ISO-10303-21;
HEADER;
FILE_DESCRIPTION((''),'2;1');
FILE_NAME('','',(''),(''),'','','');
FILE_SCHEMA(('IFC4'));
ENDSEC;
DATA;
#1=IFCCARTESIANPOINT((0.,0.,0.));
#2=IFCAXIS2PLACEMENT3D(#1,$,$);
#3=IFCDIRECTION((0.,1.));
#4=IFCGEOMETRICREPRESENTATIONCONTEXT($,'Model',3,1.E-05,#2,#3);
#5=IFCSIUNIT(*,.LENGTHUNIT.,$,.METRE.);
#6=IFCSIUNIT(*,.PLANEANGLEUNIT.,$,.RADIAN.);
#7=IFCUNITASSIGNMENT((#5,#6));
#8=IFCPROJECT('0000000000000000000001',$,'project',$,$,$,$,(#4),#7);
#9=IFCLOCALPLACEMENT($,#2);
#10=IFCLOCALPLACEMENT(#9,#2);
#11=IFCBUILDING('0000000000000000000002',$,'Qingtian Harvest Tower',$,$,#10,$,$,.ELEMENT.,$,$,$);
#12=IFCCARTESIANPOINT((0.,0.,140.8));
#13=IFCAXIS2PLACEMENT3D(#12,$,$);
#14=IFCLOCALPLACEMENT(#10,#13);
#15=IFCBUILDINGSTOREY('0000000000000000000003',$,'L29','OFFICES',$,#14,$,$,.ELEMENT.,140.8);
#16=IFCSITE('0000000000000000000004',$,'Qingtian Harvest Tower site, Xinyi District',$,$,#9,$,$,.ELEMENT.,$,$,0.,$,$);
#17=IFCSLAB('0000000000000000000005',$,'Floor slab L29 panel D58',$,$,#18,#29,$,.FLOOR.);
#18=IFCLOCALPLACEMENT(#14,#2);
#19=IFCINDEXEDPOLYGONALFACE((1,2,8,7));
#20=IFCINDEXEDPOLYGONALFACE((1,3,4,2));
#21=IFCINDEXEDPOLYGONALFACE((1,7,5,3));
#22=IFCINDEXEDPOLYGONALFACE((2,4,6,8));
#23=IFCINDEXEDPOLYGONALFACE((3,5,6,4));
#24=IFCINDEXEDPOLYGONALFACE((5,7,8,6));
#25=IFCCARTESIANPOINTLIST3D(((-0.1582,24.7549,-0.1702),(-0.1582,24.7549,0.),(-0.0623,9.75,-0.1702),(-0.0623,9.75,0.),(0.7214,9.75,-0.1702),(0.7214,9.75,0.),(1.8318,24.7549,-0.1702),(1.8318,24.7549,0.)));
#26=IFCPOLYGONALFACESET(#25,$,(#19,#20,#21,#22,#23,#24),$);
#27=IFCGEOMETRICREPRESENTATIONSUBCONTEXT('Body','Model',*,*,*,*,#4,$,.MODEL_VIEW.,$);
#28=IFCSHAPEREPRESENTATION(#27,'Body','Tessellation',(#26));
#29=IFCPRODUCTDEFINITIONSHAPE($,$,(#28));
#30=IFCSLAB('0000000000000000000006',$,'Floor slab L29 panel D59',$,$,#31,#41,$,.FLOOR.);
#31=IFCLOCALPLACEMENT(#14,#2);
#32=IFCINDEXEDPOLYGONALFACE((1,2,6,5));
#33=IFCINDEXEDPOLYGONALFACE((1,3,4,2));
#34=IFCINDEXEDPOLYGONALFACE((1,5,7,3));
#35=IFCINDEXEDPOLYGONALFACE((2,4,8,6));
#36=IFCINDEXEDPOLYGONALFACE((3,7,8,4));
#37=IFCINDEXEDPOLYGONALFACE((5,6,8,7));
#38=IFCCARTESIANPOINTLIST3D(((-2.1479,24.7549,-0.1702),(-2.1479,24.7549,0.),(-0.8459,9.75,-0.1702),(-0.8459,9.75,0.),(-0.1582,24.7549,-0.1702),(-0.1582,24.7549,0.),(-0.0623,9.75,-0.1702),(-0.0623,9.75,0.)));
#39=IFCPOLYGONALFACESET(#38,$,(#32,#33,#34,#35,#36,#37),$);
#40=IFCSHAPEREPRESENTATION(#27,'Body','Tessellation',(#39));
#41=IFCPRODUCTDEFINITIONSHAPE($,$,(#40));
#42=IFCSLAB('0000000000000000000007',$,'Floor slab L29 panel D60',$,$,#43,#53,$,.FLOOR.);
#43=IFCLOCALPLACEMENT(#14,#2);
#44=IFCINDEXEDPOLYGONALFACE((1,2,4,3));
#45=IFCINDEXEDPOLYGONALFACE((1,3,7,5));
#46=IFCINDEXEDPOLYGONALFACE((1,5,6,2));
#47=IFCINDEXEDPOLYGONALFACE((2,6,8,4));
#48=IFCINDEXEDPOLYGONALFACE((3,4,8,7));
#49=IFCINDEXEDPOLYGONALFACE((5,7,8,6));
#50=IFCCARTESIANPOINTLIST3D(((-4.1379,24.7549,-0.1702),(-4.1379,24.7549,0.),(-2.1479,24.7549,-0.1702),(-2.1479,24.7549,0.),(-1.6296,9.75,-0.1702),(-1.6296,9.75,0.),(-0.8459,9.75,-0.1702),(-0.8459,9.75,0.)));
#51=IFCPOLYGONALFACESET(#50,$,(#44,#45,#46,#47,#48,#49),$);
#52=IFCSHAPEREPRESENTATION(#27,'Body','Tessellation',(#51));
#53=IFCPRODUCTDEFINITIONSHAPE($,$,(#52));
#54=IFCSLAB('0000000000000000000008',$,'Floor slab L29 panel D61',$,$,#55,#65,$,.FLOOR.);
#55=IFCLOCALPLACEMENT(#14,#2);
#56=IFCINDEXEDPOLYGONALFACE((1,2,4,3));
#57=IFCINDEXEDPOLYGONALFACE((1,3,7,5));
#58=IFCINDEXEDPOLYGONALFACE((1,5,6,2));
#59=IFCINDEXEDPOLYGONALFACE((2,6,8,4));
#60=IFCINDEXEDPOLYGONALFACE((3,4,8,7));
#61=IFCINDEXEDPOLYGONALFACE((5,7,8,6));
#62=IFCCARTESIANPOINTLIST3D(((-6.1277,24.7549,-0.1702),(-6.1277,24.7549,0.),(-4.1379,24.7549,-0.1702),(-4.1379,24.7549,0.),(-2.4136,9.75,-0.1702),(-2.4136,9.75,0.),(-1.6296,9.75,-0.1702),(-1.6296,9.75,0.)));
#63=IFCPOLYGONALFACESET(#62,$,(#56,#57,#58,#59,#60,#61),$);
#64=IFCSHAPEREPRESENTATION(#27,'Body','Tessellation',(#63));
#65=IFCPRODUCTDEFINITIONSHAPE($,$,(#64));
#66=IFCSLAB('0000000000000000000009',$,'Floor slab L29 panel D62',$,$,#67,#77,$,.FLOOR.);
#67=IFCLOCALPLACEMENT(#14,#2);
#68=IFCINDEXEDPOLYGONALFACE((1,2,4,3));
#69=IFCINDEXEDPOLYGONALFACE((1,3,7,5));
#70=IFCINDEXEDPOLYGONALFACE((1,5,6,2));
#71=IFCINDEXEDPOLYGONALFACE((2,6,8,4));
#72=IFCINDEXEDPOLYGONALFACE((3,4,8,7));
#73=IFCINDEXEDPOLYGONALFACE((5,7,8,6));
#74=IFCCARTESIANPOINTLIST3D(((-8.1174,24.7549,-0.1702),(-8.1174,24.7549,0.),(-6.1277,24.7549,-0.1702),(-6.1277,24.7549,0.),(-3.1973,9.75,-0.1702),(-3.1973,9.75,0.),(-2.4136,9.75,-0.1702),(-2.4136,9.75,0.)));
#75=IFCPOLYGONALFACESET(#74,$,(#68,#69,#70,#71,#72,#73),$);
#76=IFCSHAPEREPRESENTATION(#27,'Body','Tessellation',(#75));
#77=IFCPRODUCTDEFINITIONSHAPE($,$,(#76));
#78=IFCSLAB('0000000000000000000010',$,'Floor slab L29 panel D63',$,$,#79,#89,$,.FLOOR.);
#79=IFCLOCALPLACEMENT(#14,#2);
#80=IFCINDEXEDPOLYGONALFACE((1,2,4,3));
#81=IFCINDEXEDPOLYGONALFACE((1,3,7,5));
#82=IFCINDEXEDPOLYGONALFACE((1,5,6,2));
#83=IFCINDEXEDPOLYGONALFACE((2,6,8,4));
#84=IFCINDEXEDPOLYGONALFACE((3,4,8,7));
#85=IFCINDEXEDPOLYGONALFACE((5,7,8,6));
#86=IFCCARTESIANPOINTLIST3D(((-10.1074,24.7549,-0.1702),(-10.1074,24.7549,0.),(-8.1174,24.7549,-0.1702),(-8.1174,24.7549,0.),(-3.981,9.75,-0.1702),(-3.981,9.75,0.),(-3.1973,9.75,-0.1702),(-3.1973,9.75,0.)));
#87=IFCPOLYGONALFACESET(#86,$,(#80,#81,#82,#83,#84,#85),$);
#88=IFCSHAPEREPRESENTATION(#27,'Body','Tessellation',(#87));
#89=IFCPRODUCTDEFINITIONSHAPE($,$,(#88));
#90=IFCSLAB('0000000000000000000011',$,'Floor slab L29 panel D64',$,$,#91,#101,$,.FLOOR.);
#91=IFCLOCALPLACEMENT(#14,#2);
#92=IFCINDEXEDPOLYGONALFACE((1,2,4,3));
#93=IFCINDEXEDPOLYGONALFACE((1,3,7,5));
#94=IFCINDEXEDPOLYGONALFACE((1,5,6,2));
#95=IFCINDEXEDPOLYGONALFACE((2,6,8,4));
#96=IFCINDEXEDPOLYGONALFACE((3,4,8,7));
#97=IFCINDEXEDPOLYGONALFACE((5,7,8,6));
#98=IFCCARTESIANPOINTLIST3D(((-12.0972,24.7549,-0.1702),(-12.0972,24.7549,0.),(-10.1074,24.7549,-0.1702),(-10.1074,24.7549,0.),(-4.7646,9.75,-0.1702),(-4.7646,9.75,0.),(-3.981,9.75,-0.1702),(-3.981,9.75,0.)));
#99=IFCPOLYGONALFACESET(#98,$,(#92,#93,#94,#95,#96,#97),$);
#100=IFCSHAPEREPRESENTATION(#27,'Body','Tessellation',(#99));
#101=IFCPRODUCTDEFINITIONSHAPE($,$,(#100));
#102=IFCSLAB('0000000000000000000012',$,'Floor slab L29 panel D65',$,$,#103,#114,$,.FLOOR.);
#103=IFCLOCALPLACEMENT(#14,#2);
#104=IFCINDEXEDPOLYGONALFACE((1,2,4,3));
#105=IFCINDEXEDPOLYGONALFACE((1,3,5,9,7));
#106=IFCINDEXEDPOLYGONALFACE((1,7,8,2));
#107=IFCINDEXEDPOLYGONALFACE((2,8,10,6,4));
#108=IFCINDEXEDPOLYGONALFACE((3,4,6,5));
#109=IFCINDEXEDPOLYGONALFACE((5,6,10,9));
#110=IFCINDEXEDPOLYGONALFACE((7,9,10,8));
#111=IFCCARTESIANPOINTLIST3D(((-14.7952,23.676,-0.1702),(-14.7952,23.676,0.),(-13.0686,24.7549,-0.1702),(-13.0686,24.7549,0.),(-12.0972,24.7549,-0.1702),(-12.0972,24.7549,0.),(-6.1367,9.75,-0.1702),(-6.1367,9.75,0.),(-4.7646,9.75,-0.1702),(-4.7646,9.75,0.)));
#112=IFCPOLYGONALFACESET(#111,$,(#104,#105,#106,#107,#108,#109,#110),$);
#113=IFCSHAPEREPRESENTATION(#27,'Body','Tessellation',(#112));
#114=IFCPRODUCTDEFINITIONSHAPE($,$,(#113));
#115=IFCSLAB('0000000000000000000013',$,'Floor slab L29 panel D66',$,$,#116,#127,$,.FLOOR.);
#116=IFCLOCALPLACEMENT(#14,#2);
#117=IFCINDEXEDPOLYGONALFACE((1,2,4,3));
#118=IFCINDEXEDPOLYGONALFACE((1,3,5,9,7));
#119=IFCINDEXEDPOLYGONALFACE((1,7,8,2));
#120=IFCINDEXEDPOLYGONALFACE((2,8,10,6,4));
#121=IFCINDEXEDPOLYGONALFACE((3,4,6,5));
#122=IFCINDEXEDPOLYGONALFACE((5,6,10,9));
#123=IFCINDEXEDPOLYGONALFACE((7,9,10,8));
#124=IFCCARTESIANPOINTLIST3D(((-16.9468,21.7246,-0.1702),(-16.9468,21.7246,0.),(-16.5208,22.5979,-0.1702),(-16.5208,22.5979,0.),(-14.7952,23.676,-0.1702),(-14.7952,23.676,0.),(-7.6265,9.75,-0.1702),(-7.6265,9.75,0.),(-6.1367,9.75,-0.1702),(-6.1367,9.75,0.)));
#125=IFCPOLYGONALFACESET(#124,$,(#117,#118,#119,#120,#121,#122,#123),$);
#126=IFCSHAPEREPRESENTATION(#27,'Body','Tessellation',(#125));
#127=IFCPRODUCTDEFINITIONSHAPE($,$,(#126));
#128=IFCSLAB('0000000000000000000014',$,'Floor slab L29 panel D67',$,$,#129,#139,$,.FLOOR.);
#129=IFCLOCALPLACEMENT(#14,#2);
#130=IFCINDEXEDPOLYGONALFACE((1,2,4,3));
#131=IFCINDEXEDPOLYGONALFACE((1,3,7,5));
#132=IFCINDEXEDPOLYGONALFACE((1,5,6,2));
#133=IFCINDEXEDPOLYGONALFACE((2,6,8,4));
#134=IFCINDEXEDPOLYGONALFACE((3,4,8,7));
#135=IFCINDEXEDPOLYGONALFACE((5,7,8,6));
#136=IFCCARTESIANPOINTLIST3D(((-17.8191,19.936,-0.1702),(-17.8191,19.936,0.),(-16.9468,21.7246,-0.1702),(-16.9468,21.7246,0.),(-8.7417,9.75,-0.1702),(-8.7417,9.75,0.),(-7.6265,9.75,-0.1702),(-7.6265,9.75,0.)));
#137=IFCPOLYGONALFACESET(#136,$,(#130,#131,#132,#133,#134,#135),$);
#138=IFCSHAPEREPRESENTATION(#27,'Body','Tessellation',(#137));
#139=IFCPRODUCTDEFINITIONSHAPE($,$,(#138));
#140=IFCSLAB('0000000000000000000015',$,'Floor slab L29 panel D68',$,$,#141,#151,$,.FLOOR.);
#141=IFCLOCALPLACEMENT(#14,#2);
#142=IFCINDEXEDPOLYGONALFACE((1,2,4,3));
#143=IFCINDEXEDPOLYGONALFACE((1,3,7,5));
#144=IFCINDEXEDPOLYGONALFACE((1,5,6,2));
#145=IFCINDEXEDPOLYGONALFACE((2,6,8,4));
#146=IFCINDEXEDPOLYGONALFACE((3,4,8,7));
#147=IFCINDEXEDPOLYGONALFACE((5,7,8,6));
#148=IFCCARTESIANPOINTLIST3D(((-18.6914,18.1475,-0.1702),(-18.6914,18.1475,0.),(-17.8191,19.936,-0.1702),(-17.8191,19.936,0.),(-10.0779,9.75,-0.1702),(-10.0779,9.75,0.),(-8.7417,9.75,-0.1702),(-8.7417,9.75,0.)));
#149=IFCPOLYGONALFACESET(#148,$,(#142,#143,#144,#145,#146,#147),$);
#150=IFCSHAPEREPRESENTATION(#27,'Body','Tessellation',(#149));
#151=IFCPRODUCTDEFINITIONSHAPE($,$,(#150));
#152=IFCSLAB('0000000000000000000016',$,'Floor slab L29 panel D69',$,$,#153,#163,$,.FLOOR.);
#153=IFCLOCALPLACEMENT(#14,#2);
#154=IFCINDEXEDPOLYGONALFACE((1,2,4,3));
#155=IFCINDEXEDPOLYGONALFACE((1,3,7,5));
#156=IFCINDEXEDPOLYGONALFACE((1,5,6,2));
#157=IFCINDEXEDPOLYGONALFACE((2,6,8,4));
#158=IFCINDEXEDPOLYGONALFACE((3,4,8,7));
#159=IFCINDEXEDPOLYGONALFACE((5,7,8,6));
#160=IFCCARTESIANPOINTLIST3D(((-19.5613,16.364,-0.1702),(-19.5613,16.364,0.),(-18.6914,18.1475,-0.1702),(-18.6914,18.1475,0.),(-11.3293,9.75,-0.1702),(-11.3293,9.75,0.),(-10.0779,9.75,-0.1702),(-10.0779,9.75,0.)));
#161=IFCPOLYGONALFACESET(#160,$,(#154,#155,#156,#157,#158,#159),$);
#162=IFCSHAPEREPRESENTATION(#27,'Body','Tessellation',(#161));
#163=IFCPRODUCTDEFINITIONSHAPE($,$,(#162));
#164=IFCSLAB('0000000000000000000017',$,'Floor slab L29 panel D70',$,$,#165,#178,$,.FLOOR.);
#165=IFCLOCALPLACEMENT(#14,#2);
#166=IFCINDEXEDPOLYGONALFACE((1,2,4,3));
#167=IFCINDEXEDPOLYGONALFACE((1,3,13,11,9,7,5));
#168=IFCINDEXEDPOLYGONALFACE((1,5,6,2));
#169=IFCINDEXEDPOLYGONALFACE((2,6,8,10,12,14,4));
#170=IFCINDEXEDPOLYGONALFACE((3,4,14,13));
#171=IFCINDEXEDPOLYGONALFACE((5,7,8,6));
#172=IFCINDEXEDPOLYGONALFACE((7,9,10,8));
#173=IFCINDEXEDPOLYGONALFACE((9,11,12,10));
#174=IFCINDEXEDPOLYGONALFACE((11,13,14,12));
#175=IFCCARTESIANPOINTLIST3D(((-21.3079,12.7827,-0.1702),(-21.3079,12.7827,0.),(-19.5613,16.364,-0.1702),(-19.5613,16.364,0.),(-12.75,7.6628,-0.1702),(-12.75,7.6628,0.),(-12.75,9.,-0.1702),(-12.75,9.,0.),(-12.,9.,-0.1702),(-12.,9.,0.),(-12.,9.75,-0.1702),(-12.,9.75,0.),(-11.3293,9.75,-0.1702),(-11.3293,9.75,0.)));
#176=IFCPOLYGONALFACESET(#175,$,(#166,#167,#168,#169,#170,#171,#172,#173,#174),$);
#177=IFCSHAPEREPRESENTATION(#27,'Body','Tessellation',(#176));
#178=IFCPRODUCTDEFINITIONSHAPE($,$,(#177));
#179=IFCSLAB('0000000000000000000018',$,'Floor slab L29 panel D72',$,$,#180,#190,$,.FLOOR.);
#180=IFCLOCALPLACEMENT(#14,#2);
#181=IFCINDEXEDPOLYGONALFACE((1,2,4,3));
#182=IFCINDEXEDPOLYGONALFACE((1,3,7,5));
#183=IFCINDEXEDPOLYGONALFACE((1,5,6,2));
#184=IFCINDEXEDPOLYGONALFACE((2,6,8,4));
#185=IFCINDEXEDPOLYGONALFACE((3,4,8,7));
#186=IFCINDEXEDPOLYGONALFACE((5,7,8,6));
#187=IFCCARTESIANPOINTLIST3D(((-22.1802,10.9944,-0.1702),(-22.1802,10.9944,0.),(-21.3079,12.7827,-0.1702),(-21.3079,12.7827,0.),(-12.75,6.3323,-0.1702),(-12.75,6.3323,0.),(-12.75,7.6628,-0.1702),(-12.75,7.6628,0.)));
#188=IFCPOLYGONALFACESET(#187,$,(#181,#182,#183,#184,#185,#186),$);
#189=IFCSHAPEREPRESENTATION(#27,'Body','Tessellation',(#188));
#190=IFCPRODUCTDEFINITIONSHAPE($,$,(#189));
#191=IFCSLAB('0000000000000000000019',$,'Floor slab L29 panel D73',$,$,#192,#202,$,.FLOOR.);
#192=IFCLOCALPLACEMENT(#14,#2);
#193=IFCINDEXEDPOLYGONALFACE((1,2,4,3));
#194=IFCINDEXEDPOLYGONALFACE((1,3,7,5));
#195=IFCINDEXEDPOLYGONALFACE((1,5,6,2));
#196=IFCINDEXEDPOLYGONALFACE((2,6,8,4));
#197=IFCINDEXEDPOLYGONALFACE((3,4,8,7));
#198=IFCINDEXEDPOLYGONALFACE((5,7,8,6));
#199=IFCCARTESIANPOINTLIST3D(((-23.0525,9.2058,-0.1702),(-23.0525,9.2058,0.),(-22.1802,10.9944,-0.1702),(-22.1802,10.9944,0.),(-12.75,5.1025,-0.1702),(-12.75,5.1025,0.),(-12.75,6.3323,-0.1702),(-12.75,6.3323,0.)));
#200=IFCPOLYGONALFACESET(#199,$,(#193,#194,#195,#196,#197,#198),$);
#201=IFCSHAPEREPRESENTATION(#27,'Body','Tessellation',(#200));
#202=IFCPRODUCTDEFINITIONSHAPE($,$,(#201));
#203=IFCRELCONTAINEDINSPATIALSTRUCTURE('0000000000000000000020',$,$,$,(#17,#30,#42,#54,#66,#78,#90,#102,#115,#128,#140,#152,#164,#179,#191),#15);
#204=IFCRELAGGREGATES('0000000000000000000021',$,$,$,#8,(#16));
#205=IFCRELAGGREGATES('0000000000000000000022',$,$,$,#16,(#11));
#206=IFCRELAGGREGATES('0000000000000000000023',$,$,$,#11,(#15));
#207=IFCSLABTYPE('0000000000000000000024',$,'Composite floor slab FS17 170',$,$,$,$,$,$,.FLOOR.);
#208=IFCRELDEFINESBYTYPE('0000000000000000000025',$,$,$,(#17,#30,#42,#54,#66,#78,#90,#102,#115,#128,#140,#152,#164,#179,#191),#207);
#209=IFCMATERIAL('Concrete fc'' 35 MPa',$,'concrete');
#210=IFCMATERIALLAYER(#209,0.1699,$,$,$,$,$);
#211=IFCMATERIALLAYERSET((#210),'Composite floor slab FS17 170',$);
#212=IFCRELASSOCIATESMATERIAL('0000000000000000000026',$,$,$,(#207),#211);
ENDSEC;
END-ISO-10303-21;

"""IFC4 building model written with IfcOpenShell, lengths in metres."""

from ifc_helpers import new_model, si_unit, direction, frame, origin, place, context, subcontext, project, spatial, polyline, outline, extrude, material, layer, layer_set, type_object, element, save


model = new_model("IFC4")

# Units and contexts
model_context = context("Model", 3, precision=1e-05, world=origin(), true_north=direction((0.0, 1.0)))
body_context = subcontext(model_context, "Body", "Model", "MODEL_VIEW")
ifc_project = project(units=[si_unit("LENGTHUNIT", "METRE"), si_unit("PLANEANGLEUNIT", "RADIAN")], contexts=[model_context])

# Site, building, storey
site_placement = place(None, origin())
site = spatial("IfcSite", under=ifc_project, at=site_placement, Name="Qingtian Harvest Tower site, Xinyi District", CompositionType="ELEMENT", RefElevation=0.0)
building_placement = place(site_placement, origin())
building = spatial("IfcBuilding", under=site, at=building_placement, Name="Qingtian Harvest Tower", CompositionType="ELEMENT")
storey_placement = place(building_placement, frame((0.0, 0.0, 140.8)))
storey = spatial("IfcBuildingStorey", under=building, at=storey_placement, Name="L29", Description="OFFICES", CompositionType="ELEMENT", Elevation=140.8)

# Slabs
ifc_material_1 = material(Name="Concrete fc' 35 MPa", Category="concrete")
ifc_layer_1 = layer(ifc_material_1, 0.1699)
ifc_layer_set_1 = layer_set([ifc_layer_1], Name="Composite floor slab FS17 170")
slab_type = type_object("IfcSlabType", Name="Composite floor slab FS17 170", PredefinedType="FLOOR", material=ifc_layer_set_1)
slab_1_placement = place(storey_placement, frame((0.0, 0.0, -0.1702)))
element("IfcSlab", 1, at=slab_1_placement, inside=storey, type_object=slab_type, Name="Floor slab L29 panel D58", PredefinedType="FLOOR", context=body_context, shape_type="SweptSolid", body=[
    extrude(outline(polyline([(-0.0623, 9.75), (-0.1582, 24.7549), (1.8318, 24.7549), (0.7214, 9.75), (-0.0623, 9.75)])), origin(), (0.0, 0.0, 1.0), 0.1702),
])
slab_2_placement = place(storey_placement, frame((0.0, 0.0, -0.1702)))
element("IfcSlab", 2, at=slab_2_placement, inside=storey, type_object=slab_type, Name="Floor slab L29 panel D59", PredefinedType="FLOOR", context=body_context, shape_type="SweptSolid", body=[
    extrude(outline(polyline([(-0.8459, 9.75), (-2.1479, 24.7549), (-0.1582, 24.7549), (-0.0623, 9.75), (-0.8459, 9.75)])), origin(), (0.0, 0.0, 1.0), 0.1702),
])
slab_3_placement = place(storey_placement, frame((0.0, 0.0, -0.1702)))
element("IfcSlab", 3, at=slab_3_placement, inside=storey, type_object=slab_type, Name="Floor slab L29 panel D60", PredefinedType="FLOOR", context=body_context, shape_type="SweptSolid", body=[
    extrude(outline(polyline([(-1.6296, 9.75), (-4.1379, 24.7549), (-2.1479, 24.7549), (-0.8459, 9.75), (-1.6296, 9.75)])), origin(), (0.0, 0.0, 1.0), 0.1702),
])
slab_4_placement = place(storey_placement, frame((0.0, 0.0, -0.1702)))
element("IfcSlab", 4, at=slab_4_placement, inside=storey, type_object=slab_type, Name="Floor slab L29 panel D61", PredefinedType="FLOOR", context=body_context, shape_type="SweptSolid", body=[
    extrude(outline(polyline([(-2.4136, 9.75), (-6.1277, 24.7549), (-4.1379, 24.7549), (-1.6296, 9.75), (-2.4136, 9.75)])), origin(), (0.0, 0.0, 1.0), 0.1702),
])
slab_5_placement = place(storey_placement, frame((0.0, 0.0, -0.1702)))
element("IfcSlab", 5, at=slab_5_placement, inside=storey, type_object=slab_type, Name="Floor slab L29 panel D62", PredefinedType="FLOOR", context=body_context, shape_type="SweptSolid", body=[
    extrude(outline(polyline([(-3.1973, 9.75), (-8.1174, 24.7549), (-6.1277, 24.7549), (-2.4136, 9.75), (-3.1973, 9.75)])), origin(), (0.0, 0.0, 1.0), 0.1702),
])
slab_6_placement = place(storey_placement, frame((0.0, 0.0, -0.1702)))
element("IfcSlab", 6, at=slab_6_placement, inside=storey, type_object=slab_type, Name="Floor slab L29 panel D63", PredefinedType="FLOOR", context=body_context, shape_type="SweptSolid", body=[
    extrude(outline(polyline([(-3.981, 9.75), (-10.1074, 24.7549), (-8.1174, 24.7549), (-3.1973, 9.75), (-3.981, 9.75)])), origin(), (0.0, 0.0, 1.0), 0.1702),
])
slab_7_placement = place(storey_placement, frame((0.0, 0.0, -0.1702)))
element("IfcSlab", 7, at=slab_7_placement, inside=storey, type_object=slab_type, Name="Floor slab L29 panel D64", PredefinedType="FLOOR", context=body_context, shape_type="SweptSolid", body=[
    extrude(outline(polyline([(-4.7646, 9.75), (-12.0972, 24.7549), (-10.1074, 24.7549), (-3.981, 9.75), (-4.7646, 9.75)])), origin(), (0.0, 0.0, 1.0), 0.1702),
])
slab_8_placement = place(storey_placement, frame((0.0, 0.0, -0.1702)))
element("IfcSlab", 8, at=slab_8_placement, inside=storey, type_object=slab_type, Name="Floor slab L29 panel D65", PredefinedType="FLOOR", context=body_context, shape_type="SweptSolid", body=[
    extrude(outline(polyline([(-4.7646, 9.75), (-6.1367, 9.75), (-14.7952, 23.676), (-13.0686, 24.7549), (-12.0972, 24.7549), (-4.7646, 9.75)])), origin(), (0.0, 0.0, 1.0), 0.1702),
])
slab_9_placement = place(storey_placement, frame((0.0, 0.0, -0.1702)))
element("IfcSlab", 9, at=slab_9_placement, inside=storey, type_object=slab_type, Name="Floor slab L29 panel D66", PredefinedType="FLOOR", context=body_context, shape_type="SweptSolid", body=[
    extrude(outline(polyline([(-6.1367, 9.75), (-7.6265, 9.75), (-16.9468, 21.7246), (-16.5208, 22.5979), (-14.7952, 23.676), (-6.1367, 9.75)])), origin(), (0.0, 0.0, 1.0), 0.1702),
])
slab_10_placement = place(storey_placement, frame((0.0, 0.0, -0.1702)))
element("IfcSlab", 10, at=slab_10_placement, inside=storey, type_object=slab_type, Name="Floor slab L29 panel D67", PredefinedType="FLOOR", context=body_context, shape_type="SweptSolid", body=[
    extrude(outline(polyline([(-8.7417, 9.75), (-17.8191, 19.936), (-16.9468, 21.7246), (-7.6265, 9.75), (-8.7417, 9.75)])), origin(), (0.0, 0.0, 1.0), 0.1702),
])
slab_11_placement = place(storey_placement, frame((0.0, 0.0, -0.1702)))
element("IfcSlab", 11, at=slab_11_placement, inside=storey, type_object=slab_type, Name="Floor slab L29 panel D68", PredefinedType="FLOOR", context=body_context, shape_type="SweptSolid", body=[
    extrude(outline(polyline([(-10.0779, 9.75), (-18.6914, 18.1475), (-17.8191, 19.936), (-8.7417, 9.75), (-10.0779, 9.75)])), origin(), (0.0, 0.0, 1.0), 0.1702),
])
slab_12_placement = place(storey_placement, frame((0.0, 0.0, -0.1702)))
element("IfcSlab", 12, at=slab_12_placement, inside=storey, type_object=slab_type, Name="Floor slab L29 panel D69", PredefinedType="FLOOR", context=body_context, shape_type="SweptSolid", body=[
    extrude(outline(polyline([(-11.3293, 9.75), (-19.5613, 16.364), (-18.6914, 18.1475), (-10.0779, 9.75), (-11.3293, 9.75)])), origin(), (0.0, 0.0, 1.0), 0.1702),
])
slab_13_placement = place(storey_placement, frame((0.0, 0.0, -0.1702)))
element("IfcSlab", 13, at=slab_13_placement, inside=storey, type_object=slab_type, Name="Floor slab L29 panel D70", PredefinedType="FLOOR", context=body_context, shape_type="SweptSolid", body=[
    extrude(outline(polyline([(-12.0, 9.0), (-12.75, 9.0), (-12.75, 7.6628), (-21.3079, 12.7827), (-19.5613, 16.364), (-11.3293, 9.75), (-12.0, 9.75), (-12.0, 9.0)])), origin(), (0.0, 0.0, 1.0), 0.1702),
])
slab_14_placement = place(storey_placement, frame((0.0, 0.0, -0.1702)))
element("IfcSlab", 14, at=slab_14_placement, inside=storey, type_object=slab_type, Name="Floor slab L29 panel D72", PredefinedType="FLOOR", context=body_context, shape_type="SweptSolid", body=[
    extrude(outline(polyline([(-12.75, 6.3323), (-22.1802, 10.9944), (-21.3079, 12.7827), (-12.75, 7.6628), (-12.75, 6.3323)])), origin(), (0.0, 0.0, 1.0), 0.1702),
])
slab_15_placement = place(storey_placement, frame((0.0, 0.0, -0.1702)))
element("IfcSlab", 15, at=slab_15_placement, inside=storey, type_object=slab_type, Name="Floor slab L29 panel D73", PredefinedType="FLOOR", context=body_context, shape_type="SweptSolid", body=[
    extrude(outline(polyline([(-12.75, 5.1025), (-23.0525, 9.2058), (-22.1802, 10.9944), (-12.75, 6.3323), (-12.75, 5.1025)])), origin(), (0.0, 0.0, 1.0), 0.1702),
])

save(model, "model.ifc")
